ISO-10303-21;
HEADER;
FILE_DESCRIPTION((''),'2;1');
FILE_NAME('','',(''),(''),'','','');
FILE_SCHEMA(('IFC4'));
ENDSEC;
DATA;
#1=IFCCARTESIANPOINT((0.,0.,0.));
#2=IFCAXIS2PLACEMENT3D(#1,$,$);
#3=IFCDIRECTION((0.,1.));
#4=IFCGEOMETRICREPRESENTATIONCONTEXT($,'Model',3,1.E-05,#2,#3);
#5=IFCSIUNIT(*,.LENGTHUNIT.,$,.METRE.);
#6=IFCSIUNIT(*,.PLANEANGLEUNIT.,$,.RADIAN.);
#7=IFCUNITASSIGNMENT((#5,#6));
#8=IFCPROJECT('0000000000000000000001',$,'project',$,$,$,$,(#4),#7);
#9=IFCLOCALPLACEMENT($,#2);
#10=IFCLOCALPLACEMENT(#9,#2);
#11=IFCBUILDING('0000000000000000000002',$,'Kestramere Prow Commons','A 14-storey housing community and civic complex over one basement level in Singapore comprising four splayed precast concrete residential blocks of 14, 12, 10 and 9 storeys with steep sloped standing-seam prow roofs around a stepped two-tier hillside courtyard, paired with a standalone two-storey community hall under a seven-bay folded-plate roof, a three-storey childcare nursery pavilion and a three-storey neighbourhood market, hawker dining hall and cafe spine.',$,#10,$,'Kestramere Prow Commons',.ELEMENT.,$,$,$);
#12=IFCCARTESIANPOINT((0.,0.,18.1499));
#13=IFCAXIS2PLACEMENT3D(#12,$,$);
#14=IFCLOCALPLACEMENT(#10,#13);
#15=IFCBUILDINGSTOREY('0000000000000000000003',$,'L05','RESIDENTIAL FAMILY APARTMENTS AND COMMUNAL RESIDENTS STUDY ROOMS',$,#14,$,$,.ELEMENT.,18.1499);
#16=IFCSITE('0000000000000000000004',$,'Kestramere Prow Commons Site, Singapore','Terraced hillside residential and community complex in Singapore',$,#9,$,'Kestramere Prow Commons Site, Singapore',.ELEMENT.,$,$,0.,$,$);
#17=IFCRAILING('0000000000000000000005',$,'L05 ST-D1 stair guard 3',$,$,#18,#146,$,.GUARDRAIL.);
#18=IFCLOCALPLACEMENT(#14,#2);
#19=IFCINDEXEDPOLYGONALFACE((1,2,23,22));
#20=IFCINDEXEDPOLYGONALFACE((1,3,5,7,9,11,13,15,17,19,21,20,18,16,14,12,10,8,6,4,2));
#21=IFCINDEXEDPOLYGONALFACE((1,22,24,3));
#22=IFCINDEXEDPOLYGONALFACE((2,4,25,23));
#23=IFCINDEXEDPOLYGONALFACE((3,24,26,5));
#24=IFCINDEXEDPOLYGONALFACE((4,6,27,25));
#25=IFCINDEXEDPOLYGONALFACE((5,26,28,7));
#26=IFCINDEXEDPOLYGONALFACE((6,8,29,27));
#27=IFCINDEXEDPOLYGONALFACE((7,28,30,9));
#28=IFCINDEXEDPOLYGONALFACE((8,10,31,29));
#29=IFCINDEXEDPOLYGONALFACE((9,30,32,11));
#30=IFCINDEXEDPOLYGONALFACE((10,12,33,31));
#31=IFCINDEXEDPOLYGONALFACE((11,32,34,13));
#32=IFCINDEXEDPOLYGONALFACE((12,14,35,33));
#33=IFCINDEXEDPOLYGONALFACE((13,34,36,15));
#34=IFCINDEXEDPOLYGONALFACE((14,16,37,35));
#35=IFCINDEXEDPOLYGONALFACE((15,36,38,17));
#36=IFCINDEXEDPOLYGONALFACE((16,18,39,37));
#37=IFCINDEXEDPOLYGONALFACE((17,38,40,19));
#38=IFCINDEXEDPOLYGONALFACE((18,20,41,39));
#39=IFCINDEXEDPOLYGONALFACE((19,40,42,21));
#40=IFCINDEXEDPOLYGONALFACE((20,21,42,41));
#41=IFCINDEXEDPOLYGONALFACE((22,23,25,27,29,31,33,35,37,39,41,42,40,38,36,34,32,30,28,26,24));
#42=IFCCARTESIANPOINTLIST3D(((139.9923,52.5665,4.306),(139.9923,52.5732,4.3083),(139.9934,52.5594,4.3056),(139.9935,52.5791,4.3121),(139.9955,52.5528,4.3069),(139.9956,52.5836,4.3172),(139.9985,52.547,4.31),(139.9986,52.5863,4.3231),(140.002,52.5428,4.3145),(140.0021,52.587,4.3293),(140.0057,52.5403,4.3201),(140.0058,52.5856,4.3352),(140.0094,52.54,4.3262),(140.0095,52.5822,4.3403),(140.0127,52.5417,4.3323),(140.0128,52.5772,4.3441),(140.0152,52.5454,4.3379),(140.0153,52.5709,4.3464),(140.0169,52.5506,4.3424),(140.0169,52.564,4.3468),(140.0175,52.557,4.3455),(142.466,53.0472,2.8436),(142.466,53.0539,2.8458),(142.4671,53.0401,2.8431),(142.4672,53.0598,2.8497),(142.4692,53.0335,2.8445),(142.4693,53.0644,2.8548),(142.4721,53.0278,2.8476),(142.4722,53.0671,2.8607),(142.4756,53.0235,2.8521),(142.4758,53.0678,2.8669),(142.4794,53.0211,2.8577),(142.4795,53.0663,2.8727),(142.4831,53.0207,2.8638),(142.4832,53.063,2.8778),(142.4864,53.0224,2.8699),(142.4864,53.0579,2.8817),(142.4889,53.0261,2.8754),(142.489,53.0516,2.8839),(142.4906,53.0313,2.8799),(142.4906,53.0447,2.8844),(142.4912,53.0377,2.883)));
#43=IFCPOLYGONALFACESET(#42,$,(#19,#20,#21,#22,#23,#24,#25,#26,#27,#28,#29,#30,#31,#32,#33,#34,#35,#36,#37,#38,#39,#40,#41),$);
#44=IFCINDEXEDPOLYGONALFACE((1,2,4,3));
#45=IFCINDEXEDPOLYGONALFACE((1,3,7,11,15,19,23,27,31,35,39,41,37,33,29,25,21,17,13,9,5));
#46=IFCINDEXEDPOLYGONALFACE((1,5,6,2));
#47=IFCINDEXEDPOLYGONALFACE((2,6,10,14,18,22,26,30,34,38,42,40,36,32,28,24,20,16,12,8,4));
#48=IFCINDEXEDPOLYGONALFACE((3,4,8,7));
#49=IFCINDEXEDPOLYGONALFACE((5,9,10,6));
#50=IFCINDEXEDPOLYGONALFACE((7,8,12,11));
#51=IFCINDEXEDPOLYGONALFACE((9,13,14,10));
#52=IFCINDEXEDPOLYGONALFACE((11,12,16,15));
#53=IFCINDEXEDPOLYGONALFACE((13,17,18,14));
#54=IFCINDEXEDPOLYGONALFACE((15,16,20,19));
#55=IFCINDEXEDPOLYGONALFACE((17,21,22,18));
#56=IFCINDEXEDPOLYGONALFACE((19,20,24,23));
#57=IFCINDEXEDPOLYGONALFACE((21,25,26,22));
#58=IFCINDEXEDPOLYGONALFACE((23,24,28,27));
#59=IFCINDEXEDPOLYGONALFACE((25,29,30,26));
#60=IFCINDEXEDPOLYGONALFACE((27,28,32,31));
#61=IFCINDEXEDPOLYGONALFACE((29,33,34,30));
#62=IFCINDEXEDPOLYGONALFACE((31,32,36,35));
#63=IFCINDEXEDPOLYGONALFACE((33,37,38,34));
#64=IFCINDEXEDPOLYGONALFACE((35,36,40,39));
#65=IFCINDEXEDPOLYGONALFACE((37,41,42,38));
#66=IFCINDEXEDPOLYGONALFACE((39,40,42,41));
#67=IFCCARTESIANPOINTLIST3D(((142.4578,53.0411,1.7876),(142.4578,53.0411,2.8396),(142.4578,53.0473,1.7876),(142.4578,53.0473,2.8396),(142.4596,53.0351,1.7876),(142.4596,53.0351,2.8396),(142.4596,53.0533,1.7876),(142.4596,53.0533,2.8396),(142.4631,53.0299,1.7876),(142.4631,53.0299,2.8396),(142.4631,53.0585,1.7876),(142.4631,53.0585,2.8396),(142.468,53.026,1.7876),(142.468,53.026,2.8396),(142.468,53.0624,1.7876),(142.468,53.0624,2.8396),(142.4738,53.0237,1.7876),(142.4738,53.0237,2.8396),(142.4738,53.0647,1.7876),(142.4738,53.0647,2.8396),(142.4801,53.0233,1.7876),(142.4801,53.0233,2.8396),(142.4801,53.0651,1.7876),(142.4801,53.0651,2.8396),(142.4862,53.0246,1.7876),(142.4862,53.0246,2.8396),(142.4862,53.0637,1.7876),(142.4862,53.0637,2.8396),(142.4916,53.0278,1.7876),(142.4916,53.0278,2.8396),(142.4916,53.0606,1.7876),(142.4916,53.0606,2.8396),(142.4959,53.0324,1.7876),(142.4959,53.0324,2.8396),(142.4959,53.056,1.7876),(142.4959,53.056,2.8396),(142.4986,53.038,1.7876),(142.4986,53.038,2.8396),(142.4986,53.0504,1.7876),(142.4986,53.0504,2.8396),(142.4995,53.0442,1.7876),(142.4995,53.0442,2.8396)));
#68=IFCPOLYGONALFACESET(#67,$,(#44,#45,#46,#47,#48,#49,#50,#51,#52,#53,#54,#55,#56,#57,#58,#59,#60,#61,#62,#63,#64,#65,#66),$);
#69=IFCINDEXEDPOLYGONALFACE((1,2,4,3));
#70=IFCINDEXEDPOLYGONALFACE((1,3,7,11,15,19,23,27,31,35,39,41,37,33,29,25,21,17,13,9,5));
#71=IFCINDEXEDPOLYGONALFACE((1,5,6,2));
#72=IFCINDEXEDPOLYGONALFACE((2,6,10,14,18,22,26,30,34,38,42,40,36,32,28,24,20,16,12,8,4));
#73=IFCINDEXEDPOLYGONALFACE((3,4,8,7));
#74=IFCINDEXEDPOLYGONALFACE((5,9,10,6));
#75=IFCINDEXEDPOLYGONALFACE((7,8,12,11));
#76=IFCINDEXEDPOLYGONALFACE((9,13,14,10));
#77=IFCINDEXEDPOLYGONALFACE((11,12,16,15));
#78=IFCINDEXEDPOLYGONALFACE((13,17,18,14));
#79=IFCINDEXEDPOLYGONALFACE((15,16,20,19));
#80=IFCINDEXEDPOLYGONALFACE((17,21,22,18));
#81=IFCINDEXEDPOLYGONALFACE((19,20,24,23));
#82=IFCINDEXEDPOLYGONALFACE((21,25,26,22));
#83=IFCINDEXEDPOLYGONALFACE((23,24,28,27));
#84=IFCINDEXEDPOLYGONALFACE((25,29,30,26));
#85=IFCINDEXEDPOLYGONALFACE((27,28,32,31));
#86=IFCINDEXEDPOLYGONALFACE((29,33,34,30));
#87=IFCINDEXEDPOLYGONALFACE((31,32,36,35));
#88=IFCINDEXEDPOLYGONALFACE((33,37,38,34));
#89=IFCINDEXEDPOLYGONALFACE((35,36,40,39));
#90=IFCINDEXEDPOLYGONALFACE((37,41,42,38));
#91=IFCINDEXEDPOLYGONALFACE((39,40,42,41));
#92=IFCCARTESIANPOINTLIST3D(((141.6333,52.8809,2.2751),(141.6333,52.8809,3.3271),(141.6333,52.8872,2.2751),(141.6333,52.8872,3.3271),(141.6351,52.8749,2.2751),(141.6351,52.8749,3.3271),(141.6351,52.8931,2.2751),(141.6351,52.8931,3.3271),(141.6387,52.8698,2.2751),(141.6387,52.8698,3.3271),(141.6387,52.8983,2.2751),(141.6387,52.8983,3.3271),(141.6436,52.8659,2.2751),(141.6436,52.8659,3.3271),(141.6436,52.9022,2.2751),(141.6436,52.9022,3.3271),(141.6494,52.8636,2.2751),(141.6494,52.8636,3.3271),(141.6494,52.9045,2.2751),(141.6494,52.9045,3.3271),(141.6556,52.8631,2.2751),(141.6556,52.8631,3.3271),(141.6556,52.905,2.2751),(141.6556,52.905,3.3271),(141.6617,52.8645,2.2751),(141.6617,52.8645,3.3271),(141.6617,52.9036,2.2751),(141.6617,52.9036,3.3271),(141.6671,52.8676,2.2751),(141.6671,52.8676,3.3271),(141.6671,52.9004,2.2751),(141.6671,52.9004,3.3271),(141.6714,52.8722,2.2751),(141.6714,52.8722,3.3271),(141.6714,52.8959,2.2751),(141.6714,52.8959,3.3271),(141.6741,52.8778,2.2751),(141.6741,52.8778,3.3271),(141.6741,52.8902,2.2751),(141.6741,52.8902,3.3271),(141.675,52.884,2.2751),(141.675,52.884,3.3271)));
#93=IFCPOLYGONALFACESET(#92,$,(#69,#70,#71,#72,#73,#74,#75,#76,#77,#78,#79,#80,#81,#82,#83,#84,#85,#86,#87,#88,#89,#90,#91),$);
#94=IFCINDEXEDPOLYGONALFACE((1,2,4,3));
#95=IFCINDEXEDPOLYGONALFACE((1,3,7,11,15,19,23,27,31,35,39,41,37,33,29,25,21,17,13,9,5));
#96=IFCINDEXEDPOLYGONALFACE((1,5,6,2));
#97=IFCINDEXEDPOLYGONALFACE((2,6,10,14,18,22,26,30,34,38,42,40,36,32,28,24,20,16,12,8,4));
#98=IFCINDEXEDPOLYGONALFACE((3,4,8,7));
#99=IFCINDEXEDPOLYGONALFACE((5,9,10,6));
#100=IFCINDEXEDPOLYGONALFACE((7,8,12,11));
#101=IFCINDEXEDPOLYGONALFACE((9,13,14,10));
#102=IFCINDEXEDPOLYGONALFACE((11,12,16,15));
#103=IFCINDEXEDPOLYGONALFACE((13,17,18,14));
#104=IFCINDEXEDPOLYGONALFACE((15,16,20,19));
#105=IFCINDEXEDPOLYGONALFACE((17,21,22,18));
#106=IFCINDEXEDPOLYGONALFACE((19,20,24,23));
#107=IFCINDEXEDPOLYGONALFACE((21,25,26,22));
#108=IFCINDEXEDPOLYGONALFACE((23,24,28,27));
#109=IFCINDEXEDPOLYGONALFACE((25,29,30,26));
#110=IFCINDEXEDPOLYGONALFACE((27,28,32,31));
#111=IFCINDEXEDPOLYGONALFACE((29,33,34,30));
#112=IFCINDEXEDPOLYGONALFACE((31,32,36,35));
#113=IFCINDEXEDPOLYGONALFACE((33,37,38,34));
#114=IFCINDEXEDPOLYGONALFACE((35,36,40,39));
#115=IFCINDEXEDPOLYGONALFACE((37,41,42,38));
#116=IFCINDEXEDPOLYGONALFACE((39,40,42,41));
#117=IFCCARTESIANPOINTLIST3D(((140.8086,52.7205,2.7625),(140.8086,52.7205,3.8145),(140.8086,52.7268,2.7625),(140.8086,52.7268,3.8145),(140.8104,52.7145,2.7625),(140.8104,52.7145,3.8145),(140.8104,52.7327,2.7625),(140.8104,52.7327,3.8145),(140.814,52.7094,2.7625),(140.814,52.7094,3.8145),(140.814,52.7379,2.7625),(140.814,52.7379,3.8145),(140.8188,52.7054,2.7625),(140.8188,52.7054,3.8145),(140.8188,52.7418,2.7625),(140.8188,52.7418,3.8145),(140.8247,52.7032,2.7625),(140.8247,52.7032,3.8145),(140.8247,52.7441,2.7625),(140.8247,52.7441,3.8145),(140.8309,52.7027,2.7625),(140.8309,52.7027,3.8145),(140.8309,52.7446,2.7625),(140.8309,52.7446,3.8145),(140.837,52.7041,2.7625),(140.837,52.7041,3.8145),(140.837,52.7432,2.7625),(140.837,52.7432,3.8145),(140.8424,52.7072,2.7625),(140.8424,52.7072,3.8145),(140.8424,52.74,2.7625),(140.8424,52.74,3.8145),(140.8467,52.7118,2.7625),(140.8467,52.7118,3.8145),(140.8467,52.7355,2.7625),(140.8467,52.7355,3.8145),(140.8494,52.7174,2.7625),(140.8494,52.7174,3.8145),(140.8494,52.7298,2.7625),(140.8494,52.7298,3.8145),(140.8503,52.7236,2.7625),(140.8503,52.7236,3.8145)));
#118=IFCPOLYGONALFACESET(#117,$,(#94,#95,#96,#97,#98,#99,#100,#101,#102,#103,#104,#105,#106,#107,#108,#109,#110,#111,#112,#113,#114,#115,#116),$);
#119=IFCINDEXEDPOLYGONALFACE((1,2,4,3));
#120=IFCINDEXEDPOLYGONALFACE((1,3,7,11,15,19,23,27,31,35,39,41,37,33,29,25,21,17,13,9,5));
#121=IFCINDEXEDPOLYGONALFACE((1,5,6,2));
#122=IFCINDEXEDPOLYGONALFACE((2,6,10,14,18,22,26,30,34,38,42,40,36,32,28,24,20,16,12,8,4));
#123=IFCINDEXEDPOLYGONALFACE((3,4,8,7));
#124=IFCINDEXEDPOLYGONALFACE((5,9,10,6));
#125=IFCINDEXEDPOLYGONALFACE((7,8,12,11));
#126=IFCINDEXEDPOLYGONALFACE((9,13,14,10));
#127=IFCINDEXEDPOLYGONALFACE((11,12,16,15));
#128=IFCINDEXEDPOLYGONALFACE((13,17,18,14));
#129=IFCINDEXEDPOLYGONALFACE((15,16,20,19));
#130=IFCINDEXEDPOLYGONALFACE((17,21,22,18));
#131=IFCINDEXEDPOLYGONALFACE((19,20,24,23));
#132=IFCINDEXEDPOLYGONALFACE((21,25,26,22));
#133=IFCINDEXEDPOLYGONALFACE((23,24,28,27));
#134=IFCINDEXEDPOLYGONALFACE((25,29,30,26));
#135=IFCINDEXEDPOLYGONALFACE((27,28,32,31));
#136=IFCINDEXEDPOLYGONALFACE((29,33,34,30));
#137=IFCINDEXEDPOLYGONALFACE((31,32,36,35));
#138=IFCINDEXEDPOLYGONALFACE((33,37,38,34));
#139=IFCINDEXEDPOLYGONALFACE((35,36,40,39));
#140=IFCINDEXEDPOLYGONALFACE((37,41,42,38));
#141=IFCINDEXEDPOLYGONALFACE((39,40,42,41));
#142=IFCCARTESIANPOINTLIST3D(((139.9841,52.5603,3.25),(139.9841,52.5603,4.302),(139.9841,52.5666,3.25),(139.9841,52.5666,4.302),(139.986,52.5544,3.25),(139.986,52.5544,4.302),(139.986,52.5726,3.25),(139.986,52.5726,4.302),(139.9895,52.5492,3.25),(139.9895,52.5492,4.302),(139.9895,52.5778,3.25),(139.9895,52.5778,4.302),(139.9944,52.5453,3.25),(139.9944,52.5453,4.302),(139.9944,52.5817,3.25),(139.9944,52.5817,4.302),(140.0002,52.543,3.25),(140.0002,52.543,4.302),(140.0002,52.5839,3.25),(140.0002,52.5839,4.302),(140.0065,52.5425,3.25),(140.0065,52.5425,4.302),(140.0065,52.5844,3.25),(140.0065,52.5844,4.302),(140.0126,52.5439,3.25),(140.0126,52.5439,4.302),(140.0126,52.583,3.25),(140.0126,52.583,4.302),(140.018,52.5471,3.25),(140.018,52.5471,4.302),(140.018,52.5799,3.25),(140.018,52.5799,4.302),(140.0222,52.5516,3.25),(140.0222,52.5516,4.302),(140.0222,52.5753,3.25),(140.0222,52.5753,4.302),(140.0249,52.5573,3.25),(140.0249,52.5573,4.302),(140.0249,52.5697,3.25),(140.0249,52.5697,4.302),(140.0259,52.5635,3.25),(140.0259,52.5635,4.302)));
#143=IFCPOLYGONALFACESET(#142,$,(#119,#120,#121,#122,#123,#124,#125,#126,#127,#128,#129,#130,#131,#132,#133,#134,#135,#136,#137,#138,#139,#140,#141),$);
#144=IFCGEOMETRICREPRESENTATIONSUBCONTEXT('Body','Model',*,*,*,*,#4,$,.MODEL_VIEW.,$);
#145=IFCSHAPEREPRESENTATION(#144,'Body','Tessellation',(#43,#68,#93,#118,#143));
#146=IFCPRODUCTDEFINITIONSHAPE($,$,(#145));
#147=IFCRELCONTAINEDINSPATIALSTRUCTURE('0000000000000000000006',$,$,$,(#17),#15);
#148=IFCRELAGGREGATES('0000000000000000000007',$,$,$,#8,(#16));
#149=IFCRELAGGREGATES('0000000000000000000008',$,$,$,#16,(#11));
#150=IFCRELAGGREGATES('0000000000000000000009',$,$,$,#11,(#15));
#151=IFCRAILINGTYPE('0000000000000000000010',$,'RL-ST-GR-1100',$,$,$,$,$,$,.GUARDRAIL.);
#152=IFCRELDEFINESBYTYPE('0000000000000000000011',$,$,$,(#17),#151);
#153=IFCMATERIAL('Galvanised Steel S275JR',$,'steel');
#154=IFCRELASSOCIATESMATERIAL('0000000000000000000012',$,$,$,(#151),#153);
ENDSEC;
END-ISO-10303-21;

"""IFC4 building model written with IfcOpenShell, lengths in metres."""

from ifc_helpers import new_model, si_unit, direction, frame, origin, origin_2d, place, context, subcontext, project, spatial, circle, extrude, material, type_object, element, save


model = new_model("IFC4")

# Units and contexts
model_context = context("Model", 3, precision=1e-05, world=origin(), true_north=direction((0.0, 1.0)))
body_context = subcontext(model_context, "Body", "Model", "MODEL_VIEW")
ifc_project = project(units=[si_unit("LENGTHUNIT", "METRE"), si_unit("PLANEANGLEUNIT", "RADIAN")], contexts=[model_context])

# Site, building, storey
site_placement = place(None, origin())
site = spatial("IfcSite", under=ifc_project, at=site_placement, Name="Kestramere Prow Commons Site, Singapore", Description="Terraced hillside residential and community complex in Singapore", LongName="Kestramere Prow Commons Site, Singapore", CompositionType="ELEMENT", RefElevation=0.0)
building_placement = place(site_placement, origin())
building = spatial("IfcBuilding", under=site, at=building_placement, Name="Kestramere Prow Commons", Description="A 14-storey housing community and civic complex over one basement level in Singapore comprising four splayed precast concrete residential blocks of 14, 12, 10 and 9 storeys with steep sloped standing-seam prow roofs around a stepped two-tier hillside courtyard, paired with a standalone two-storey community hall under a seven-bay folded-plate roof, a three-storey childcare nursery pavilion and a three-storey neighbourhood market, hawker dining hall and cafe spine.", LongName="Kestramere Prow Commons", CompositionType="ELEMENT")
storey_placement = place(building_placement, frame((0.0, 0.0, 18.1499)))
storey = spatial("IfcBuildingStorey", under=building, at=storey_placement, Name="L05", Description="RESIDENTIAL FAMILY APARTMENTS AND COMMUNAL RESIDENTS STUDY ROOMS", CompositionType="ELEMENT", Elevation=18.1499)

# Railing
ifc_material_1 = material(Name="Galvanised Steel S275JR", Category="steel")
railing_type_1 = type_object("IfcRailingType", Name="RL-ST-GR-1100", PredefinedType="GUARDRAIL", material=ifc_material_1)
railing_1_placement = place(storey_placement, frame((142.4785, 53.0442, 1.7876)))
element("IfcRailing", 1, at=railing_1_placement, inside=storey, type_object=railing_type_1, Name="L05 ST-D1 stair guard 3", PredefinedType="GUARDRAIL", context=body_context, shape_type="SweptSolid", body=[
    extrude(circle(Radius=0.0239, at=origin_2d()), frame((0.0, 0.0, 1.0762), z_axis=(-0.84902, -0.164994, 0.501938), x_axis=(0.190766, -0.981636, 0.0)), (0.0, 0.0, 1.0), 2.9136),
    extrude(circle(Radius=0.021, at=origin_2d()), origin(), (0.0, 0.0, 1.0), 1.052),
    extrude(circle(Radius=0.021, at=origin_2d()), frame((-0.8245, -0.1602, 0.4875)), (0.0, 0.0, 1.0), 1.052),
    extrude(circle(Radius=0.021, at=origin_2d()), frame((-1.6492, -0.3206, 0.9749)), (0.0, 0.0, 1.0), 1.052),
    extrude(circle(Radius=0.021, at=origin_2d()), frame((-2.4736, -0.4807, 1.4624)), (0.0, 0.0, 1.0), 1.052),
])

save(model, "model.ifc")
